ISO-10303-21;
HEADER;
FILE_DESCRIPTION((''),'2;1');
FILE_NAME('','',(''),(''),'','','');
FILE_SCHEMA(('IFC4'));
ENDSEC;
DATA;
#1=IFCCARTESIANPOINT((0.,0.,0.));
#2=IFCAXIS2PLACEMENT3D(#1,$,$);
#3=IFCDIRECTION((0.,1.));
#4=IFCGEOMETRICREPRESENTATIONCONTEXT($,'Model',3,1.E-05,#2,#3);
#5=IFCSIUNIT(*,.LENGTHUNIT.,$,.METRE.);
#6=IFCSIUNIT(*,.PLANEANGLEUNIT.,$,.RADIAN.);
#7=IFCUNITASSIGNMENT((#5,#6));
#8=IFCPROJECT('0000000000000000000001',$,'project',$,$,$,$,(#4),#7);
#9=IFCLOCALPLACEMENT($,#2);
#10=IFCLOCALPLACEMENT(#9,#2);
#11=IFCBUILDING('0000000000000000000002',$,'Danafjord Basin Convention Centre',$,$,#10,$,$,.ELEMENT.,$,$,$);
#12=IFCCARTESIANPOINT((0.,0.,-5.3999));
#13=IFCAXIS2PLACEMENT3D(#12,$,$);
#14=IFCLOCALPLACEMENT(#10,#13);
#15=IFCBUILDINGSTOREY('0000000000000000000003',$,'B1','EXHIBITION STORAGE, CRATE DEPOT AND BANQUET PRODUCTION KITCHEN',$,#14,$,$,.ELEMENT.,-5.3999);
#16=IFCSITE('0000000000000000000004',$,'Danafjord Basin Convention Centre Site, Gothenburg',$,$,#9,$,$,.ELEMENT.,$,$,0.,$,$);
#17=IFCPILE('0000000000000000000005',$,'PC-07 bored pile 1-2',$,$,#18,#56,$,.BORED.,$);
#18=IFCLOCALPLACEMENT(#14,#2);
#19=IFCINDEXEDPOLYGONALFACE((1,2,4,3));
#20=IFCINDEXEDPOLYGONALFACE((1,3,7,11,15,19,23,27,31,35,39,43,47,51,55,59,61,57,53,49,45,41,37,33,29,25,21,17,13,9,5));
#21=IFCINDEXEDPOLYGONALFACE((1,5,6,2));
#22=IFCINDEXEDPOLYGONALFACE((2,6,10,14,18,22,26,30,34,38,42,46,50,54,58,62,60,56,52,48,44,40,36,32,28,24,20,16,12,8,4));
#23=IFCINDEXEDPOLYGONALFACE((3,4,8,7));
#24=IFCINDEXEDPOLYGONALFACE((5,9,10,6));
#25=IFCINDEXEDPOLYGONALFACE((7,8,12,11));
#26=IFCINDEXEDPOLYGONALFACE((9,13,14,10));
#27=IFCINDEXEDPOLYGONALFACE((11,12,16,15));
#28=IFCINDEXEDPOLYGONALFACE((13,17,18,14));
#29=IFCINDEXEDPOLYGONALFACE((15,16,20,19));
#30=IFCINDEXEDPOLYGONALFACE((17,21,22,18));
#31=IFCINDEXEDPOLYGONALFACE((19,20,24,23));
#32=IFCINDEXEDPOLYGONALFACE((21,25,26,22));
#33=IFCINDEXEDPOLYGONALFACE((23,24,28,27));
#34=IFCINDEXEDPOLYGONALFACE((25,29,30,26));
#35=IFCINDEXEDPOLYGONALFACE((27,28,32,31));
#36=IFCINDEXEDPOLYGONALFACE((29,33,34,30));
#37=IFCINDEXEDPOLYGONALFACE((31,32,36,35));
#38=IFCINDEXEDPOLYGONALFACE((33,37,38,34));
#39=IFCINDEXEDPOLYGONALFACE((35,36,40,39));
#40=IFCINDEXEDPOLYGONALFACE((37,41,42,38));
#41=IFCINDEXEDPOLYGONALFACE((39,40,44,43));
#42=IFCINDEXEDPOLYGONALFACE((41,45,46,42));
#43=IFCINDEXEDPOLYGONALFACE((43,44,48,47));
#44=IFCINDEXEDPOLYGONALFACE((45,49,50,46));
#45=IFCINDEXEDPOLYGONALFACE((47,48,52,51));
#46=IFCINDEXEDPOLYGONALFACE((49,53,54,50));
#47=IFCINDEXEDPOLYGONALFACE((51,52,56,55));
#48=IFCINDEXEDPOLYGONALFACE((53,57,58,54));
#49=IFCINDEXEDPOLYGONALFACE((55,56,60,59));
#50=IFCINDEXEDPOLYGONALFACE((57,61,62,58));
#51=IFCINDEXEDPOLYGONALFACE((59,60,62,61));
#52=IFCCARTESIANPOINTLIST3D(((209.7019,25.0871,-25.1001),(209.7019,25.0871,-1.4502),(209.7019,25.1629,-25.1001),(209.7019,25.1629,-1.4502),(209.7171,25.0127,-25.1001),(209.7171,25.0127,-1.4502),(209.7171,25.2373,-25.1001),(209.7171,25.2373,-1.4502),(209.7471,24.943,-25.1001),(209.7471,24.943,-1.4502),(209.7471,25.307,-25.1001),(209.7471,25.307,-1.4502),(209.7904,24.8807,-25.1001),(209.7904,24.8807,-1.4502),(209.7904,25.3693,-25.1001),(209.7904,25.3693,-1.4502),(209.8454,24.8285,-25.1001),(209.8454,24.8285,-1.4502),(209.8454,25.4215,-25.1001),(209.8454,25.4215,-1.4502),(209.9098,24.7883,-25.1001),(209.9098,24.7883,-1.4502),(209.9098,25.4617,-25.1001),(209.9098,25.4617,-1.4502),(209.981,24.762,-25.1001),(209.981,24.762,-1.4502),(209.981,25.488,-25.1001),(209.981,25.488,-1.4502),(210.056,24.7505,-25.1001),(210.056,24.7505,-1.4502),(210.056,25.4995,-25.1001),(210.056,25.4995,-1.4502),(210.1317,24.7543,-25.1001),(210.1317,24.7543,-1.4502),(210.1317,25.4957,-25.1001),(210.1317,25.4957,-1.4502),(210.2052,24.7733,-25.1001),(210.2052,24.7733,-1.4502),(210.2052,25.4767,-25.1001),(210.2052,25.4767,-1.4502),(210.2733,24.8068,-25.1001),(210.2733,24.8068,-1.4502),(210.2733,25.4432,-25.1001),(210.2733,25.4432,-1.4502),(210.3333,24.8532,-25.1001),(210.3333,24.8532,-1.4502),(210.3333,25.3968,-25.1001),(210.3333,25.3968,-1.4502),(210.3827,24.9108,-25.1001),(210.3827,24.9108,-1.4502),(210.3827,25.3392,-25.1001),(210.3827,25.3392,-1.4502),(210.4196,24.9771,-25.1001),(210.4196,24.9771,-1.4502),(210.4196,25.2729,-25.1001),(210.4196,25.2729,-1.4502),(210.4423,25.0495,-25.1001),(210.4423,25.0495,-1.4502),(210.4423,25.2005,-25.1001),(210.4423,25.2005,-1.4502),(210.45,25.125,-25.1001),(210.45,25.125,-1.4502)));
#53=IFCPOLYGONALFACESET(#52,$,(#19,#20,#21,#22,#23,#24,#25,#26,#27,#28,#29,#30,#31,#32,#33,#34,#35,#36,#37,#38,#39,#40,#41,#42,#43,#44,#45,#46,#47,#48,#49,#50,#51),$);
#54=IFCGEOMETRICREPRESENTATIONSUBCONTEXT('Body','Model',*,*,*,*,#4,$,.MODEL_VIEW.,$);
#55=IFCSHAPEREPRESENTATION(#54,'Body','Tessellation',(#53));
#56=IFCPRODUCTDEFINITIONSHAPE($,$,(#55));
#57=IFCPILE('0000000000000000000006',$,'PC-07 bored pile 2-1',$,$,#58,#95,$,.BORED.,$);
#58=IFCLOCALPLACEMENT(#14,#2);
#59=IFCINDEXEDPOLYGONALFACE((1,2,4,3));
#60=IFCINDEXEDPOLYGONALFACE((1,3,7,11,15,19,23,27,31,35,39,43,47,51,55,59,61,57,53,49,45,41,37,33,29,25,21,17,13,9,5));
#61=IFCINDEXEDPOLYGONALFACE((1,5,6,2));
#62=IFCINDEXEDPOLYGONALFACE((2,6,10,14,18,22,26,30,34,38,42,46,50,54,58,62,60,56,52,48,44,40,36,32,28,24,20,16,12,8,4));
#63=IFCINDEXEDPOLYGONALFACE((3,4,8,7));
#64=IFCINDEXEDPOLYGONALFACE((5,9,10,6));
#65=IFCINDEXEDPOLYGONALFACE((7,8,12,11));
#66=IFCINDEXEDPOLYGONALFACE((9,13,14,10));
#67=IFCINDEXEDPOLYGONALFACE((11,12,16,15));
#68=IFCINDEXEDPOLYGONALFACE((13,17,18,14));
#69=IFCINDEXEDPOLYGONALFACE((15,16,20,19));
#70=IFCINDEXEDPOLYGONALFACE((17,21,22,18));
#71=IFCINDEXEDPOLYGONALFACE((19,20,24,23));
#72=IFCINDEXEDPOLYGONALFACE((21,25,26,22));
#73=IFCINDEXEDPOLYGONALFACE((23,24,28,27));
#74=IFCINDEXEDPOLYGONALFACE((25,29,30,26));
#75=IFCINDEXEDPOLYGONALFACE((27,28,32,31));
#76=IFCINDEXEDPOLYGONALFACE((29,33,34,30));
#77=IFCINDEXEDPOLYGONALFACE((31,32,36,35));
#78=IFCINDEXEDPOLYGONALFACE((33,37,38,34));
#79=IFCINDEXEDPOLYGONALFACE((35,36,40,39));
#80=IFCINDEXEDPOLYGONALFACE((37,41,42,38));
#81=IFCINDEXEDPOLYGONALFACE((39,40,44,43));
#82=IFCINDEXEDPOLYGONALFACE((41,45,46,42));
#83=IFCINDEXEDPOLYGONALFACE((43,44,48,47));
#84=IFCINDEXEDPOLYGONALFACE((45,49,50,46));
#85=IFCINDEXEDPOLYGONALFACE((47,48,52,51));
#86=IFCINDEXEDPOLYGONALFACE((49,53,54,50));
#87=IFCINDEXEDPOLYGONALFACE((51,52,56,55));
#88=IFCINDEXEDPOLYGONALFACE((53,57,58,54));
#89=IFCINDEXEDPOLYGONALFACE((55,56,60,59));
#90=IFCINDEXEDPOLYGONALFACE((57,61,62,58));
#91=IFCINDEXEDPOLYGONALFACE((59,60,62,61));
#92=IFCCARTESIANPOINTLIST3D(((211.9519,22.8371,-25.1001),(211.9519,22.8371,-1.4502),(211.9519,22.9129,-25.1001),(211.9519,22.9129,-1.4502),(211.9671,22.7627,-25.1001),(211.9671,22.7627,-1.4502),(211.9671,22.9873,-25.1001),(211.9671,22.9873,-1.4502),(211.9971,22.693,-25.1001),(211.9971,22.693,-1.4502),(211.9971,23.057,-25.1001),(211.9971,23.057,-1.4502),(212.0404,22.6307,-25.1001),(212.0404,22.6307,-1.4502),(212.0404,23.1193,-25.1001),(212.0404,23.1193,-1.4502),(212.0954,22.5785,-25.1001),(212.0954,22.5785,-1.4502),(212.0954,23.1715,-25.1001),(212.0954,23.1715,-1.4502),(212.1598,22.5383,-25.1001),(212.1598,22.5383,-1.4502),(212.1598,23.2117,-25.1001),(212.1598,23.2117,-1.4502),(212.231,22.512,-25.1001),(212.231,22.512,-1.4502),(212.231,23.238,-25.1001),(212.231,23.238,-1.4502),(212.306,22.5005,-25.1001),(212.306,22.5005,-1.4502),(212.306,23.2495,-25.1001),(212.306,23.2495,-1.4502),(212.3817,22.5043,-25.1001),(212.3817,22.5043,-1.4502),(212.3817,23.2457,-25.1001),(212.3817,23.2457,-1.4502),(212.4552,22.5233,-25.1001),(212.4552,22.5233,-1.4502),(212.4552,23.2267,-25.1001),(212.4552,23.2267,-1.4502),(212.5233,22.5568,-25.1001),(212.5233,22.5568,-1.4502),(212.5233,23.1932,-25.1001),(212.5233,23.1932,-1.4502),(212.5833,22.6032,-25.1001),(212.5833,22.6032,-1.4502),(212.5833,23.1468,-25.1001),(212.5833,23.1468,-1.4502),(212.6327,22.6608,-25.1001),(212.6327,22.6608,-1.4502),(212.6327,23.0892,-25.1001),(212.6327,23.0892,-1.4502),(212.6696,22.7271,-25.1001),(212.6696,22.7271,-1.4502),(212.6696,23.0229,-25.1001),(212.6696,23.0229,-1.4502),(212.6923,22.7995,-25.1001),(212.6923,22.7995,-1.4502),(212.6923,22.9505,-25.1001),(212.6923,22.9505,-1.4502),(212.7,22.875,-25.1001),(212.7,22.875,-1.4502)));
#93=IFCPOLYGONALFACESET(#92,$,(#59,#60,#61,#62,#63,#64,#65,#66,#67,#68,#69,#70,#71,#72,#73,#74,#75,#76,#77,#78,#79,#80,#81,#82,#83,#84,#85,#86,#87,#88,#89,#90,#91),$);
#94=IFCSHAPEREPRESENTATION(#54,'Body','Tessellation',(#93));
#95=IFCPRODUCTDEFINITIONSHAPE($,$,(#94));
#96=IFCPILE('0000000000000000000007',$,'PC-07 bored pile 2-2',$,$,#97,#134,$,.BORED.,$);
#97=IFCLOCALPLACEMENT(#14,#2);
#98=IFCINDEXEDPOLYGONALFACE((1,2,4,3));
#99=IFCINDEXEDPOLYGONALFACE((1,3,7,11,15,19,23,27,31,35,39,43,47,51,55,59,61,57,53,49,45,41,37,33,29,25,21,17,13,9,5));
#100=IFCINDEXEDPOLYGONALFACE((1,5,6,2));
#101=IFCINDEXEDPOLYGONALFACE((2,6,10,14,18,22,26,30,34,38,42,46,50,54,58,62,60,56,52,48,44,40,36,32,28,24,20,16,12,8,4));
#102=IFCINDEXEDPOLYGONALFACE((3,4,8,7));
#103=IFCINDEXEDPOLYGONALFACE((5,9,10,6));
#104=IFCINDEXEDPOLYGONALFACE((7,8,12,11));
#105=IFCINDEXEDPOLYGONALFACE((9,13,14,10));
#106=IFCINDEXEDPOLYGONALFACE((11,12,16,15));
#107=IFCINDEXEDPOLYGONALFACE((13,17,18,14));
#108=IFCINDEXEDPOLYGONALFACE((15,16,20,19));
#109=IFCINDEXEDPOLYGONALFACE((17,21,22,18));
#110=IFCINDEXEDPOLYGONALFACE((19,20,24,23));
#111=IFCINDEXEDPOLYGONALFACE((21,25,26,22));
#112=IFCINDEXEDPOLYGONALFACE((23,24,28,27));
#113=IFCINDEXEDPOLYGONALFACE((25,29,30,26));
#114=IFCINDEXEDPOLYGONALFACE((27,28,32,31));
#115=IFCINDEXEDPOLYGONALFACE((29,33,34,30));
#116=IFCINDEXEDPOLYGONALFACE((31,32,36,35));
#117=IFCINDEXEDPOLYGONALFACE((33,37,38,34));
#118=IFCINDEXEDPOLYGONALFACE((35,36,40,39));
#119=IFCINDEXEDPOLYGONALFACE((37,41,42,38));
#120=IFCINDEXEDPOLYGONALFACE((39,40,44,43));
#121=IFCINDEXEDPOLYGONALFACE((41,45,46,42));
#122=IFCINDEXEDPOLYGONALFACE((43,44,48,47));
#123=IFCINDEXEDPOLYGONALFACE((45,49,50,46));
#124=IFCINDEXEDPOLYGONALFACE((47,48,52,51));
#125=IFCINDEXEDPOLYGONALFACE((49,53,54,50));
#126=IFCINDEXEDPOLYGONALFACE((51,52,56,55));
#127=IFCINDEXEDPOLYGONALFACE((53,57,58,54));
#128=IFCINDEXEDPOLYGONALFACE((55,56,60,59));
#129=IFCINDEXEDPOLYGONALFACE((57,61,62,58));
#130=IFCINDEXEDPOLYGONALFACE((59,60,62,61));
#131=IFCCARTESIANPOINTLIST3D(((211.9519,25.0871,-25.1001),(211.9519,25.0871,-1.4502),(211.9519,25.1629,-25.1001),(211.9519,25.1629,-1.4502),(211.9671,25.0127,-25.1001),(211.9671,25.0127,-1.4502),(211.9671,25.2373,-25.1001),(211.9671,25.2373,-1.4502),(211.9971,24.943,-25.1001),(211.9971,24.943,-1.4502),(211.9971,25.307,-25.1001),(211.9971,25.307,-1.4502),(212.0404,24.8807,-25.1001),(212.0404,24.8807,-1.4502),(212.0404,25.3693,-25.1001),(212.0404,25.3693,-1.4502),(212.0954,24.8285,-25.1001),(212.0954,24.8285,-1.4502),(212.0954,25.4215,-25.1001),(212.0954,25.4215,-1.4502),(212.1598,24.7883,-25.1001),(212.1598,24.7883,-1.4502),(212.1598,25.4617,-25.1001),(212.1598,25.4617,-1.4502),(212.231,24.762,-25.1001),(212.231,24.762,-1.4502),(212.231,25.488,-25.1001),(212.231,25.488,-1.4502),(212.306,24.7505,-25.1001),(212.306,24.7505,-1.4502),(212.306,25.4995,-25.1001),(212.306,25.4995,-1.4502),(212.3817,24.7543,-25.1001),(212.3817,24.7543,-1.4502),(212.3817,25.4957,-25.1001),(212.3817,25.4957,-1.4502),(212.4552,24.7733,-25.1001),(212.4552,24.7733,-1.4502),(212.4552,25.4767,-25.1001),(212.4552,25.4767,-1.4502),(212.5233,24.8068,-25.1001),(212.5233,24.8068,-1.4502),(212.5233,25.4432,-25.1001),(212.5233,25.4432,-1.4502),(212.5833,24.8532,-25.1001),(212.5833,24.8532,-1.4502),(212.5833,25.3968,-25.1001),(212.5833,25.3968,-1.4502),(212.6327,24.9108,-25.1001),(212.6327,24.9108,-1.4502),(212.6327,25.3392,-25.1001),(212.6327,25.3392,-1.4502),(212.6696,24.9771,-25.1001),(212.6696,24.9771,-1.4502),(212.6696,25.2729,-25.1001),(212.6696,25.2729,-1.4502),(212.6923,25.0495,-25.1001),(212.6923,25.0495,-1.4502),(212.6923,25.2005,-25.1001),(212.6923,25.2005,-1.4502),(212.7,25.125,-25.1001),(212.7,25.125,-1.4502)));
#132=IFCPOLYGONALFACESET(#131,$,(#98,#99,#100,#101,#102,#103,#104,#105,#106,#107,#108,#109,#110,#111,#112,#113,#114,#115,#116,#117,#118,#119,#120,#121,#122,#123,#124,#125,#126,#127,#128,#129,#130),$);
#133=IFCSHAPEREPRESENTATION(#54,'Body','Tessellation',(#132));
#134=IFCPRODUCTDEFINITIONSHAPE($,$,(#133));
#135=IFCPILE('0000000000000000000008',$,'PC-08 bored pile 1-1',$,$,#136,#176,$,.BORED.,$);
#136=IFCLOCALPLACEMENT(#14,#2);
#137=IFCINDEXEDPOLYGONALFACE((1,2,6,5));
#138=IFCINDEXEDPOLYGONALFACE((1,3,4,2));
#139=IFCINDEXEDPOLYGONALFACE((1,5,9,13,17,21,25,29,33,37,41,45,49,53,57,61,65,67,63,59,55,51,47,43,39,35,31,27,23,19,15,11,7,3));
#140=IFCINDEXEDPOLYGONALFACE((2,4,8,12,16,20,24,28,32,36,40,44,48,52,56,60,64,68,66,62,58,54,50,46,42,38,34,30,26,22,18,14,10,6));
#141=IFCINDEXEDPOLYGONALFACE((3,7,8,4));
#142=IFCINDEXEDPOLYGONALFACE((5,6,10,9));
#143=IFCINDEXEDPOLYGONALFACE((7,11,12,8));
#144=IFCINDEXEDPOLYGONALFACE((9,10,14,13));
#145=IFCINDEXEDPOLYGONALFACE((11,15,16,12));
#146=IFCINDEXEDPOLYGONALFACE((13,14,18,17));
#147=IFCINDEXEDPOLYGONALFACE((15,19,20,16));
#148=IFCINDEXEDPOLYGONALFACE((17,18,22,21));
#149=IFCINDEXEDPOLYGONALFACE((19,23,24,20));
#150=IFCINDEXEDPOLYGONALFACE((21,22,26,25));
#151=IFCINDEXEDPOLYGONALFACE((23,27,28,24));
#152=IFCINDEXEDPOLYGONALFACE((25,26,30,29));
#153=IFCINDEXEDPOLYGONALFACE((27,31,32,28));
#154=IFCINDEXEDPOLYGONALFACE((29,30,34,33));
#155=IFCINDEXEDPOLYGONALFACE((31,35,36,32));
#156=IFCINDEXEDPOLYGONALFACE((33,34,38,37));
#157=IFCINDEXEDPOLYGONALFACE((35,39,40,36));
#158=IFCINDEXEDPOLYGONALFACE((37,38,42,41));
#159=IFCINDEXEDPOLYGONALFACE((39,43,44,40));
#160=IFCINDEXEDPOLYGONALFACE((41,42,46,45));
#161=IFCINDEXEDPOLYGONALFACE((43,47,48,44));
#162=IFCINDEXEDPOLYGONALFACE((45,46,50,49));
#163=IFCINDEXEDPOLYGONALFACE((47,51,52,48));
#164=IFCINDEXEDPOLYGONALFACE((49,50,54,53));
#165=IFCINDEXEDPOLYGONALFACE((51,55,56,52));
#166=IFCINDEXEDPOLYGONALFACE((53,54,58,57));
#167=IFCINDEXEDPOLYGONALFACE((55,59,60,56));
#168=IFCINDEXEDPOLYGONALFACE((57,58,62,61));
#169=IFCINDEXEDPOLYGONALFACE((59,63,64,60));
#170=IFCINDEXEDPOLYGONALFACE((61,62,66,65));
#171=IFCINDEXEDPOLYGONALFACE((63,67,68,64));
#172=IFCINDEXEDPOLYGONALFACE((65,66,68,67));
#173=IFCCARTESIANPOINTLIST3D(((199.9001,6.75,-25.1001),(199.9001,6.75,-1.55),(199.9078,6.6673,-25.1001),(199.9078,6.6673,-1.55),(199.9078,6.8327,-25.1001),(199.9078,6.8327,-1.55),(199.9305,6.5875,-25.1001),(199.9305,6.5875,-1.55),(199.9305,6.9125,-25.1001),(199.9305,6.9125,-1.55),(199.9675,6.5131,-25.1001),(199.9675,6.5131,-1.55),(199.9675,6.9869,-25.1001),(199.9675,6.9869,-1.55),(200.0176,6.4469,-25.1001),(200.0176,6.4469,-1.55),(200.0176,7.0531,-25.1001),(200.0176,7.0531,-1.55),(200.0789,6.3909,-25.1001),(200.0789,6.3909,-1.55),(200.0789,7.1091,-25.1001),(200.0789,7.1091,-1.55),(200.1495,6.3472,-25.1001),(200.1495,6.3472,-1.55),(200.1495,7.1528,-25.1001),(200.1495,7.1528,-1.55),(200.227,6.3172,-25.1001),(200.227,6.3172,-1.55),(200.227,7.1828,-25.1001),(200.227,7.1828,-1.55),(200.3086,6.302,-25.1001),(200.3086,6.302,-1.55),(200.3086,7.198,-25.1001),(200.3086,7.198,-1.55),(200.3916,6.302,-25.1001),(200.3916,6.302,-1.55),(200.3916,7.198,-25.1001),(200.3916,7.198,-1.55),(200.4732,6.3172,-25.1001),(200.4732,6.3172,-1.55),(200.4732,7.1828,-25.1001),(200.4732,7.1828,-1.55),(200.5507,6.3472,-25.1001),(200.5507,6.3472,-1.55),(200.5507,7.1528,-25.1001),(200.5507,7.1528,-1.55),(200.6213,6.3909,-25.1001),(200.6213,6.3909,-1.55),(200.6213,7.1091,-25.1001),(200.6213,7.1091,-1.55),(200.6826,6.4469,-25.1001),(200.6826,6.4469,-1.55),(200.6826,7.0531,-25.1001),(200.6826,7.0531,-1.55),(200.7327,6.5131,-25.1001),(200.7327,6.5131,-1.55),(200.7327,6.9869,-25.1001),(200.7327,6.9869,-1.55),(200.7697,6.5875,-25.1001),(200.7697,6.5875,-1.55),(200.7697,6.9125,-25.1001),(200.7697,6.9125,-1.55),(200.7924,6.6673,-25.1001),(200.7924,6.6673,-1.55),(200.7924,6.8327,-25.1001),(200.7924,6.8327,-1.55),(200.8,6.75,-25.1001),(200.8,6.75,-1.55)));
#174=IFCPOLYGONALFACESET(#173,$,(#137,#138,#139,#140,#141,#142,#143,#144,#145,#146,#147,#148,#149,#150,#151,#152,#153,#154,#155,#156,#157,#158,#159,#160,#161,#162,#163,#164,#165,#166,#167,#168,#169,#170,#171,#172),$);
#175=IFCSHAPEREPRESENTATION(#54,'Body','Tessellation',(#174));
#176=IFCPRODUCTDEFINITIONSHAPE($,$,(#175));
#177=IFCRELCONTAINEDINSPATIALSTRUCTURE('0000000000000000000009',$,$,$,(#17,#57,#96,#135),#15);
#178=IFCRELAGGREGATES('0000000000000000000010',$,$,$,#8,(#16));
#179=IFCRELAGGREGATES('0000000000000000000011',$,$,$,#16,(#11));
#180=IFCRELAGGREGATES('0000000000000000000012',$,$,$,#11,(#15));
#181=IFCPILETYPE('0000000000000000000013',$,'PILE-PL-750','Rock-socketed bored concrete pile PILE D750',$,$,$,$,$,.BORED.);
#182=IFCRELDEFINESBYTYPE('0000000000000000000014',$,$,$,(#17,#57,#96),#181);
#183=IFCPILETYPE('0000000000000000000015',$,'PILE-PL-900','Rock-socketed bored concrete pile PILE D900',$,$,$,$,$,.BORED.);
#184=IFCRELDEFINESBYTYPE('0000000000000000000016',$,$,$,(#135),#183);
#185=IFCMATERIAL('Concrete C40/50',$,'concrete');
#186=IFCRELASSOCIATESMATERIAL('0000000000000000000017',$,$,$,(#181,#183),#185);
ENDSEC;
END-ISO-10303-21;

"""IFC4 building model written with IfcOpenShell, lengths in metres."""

from ifc_helpers import new_model, si_unit, direction, frame, origin, origin_2d, place, context, subcontext, project, spatial, circle, extrude, material, material_profile, profile_set, type_object, element, save


model = new_model("IFC4")

# Units and contexts
model_context = context("Model", 3, precision=1e-05, world=origin(), true_north=direction((0.0, 1.0)))
body_context = subcontext(model_context, "Body", "Model", "MODEL_VIEW")
ifc_project = project(units=[si_unit("LENGTHUNIT", "METRE"), si_unit("PLANEANGLEUNIT", "RADIAN")], contexts=[model_context])

# Site, building, storey
site_placement = place(None, origin())
site = spatial("IfcSite", under=ifc_project, at=site_placement, Name="Danafjord Basin Convention Centre Site, Gothenburg", CompositionType="ELEMENT", RefElevation=0.0)
building_placement = place(site_placement, origin())
building = spatial("IfcBuilding", under=site, at=building_placement, Name="Danafjord Basin Convention Centre", CompositionType="ELEMENT")
storey_placement = place(building_placement, frame((0.0, 0.0, -5.3999)))
storey = spatial("IfcBuildingStorey", under=building, at=storey_placement, Name="B1", Description="EXHIBITION STORAGE, CRATE DEPOT AND BANQUET PRODUCTION KITCHEN", CompositionType="ELEMENT", Elevation=-5.3999)

# Shared definitions
ifc_material_1 = material(Name="Concrete C40/50", Category="concrete")

# Piles
ifc_material_profile_1 = material_profile(ifc_material_1, circle(Radius=0.375, at=origin_2d()), Name="PILE D750")
ifc_profile_set_1 = profile_set([ifc_material_profile_1], Name="Concrete C40/50")
pile_type_1 = type_object("IfcPileType", Name="PILE-PL-750", Description="Rock-socketed bored concrete pile PILE D750", PredefinedType="BORED", material=ifc_profile_set_1)
for number, where, z_axis, x_axis, name in (
    (1, (210.075, 25.125, -1.4502), (0.0, 0.0, -1.0), (1.0, 0.0, 0.0), "PC-07 bored pile 1-2"),
    (2, (212.325, 22.875, -1.4502), (0.0, 0.0, -1.0), (1.0, 0.0, 0.0), "PC-07 bored pile 2-1"),
    (3, (212.325, 25.125, -1.4502), (0.0, 0.0, -1.0), (1.0, 0.0, 0.0), "PC-07 bored pile 2-2"),
):
    element("IfcPile", number, at=place(storey_placement, frame(where, z_axis=z_axis, x_axis=x_axis)), inside=storey, type_object=pile_type_1, Name=name, PredefinedType="BORED", context=body_context, shape_type="SweptSolid", body=[
        extrude(circle(Radius=0.375, at=origin_2d()), origin(), (0.0, 0.0, 1.0), 23.6499),
    ])
ifc_material_profile_2 = material_profile(ifc_material_1, circle(Radius=0.45, at=origin_2d()), Name="PILE D900")
ifc_profile_set_2 = profile_set([ifc_material_profile_2], Name="Concrete C40/50")
pile_type_2 = type_object("IfcPileType", Name="PILE-PL-900", Description="Rock-socketed bored concrete pile PILE D900", PredefinedType="BORED", material=ifc_profile_set_2)
for number, where, z_axis, x_axis, name in (
    (4, (200.3501, 6.75, -1.55), (0.0, 0.0, -1.0), (1.0, 0.0, 0.0), "PC-08 bored pile 1-1"),
):
    element("IfcPile", number, at=place(storey_placement, frame(where, z_axis=z_axis, x_axis=x_axis)), inside=storey, type_object=pile_type_2, Name=name, PredefinedType="BORED", context=body_context, shape_type="SweptSolid", body=[
        extrude(circle(Radius=0.45, at=origin_2d()), origin(), (0.0, 0.0, 1.0), 23.55),
    ])

save(model, "model.ifc")
